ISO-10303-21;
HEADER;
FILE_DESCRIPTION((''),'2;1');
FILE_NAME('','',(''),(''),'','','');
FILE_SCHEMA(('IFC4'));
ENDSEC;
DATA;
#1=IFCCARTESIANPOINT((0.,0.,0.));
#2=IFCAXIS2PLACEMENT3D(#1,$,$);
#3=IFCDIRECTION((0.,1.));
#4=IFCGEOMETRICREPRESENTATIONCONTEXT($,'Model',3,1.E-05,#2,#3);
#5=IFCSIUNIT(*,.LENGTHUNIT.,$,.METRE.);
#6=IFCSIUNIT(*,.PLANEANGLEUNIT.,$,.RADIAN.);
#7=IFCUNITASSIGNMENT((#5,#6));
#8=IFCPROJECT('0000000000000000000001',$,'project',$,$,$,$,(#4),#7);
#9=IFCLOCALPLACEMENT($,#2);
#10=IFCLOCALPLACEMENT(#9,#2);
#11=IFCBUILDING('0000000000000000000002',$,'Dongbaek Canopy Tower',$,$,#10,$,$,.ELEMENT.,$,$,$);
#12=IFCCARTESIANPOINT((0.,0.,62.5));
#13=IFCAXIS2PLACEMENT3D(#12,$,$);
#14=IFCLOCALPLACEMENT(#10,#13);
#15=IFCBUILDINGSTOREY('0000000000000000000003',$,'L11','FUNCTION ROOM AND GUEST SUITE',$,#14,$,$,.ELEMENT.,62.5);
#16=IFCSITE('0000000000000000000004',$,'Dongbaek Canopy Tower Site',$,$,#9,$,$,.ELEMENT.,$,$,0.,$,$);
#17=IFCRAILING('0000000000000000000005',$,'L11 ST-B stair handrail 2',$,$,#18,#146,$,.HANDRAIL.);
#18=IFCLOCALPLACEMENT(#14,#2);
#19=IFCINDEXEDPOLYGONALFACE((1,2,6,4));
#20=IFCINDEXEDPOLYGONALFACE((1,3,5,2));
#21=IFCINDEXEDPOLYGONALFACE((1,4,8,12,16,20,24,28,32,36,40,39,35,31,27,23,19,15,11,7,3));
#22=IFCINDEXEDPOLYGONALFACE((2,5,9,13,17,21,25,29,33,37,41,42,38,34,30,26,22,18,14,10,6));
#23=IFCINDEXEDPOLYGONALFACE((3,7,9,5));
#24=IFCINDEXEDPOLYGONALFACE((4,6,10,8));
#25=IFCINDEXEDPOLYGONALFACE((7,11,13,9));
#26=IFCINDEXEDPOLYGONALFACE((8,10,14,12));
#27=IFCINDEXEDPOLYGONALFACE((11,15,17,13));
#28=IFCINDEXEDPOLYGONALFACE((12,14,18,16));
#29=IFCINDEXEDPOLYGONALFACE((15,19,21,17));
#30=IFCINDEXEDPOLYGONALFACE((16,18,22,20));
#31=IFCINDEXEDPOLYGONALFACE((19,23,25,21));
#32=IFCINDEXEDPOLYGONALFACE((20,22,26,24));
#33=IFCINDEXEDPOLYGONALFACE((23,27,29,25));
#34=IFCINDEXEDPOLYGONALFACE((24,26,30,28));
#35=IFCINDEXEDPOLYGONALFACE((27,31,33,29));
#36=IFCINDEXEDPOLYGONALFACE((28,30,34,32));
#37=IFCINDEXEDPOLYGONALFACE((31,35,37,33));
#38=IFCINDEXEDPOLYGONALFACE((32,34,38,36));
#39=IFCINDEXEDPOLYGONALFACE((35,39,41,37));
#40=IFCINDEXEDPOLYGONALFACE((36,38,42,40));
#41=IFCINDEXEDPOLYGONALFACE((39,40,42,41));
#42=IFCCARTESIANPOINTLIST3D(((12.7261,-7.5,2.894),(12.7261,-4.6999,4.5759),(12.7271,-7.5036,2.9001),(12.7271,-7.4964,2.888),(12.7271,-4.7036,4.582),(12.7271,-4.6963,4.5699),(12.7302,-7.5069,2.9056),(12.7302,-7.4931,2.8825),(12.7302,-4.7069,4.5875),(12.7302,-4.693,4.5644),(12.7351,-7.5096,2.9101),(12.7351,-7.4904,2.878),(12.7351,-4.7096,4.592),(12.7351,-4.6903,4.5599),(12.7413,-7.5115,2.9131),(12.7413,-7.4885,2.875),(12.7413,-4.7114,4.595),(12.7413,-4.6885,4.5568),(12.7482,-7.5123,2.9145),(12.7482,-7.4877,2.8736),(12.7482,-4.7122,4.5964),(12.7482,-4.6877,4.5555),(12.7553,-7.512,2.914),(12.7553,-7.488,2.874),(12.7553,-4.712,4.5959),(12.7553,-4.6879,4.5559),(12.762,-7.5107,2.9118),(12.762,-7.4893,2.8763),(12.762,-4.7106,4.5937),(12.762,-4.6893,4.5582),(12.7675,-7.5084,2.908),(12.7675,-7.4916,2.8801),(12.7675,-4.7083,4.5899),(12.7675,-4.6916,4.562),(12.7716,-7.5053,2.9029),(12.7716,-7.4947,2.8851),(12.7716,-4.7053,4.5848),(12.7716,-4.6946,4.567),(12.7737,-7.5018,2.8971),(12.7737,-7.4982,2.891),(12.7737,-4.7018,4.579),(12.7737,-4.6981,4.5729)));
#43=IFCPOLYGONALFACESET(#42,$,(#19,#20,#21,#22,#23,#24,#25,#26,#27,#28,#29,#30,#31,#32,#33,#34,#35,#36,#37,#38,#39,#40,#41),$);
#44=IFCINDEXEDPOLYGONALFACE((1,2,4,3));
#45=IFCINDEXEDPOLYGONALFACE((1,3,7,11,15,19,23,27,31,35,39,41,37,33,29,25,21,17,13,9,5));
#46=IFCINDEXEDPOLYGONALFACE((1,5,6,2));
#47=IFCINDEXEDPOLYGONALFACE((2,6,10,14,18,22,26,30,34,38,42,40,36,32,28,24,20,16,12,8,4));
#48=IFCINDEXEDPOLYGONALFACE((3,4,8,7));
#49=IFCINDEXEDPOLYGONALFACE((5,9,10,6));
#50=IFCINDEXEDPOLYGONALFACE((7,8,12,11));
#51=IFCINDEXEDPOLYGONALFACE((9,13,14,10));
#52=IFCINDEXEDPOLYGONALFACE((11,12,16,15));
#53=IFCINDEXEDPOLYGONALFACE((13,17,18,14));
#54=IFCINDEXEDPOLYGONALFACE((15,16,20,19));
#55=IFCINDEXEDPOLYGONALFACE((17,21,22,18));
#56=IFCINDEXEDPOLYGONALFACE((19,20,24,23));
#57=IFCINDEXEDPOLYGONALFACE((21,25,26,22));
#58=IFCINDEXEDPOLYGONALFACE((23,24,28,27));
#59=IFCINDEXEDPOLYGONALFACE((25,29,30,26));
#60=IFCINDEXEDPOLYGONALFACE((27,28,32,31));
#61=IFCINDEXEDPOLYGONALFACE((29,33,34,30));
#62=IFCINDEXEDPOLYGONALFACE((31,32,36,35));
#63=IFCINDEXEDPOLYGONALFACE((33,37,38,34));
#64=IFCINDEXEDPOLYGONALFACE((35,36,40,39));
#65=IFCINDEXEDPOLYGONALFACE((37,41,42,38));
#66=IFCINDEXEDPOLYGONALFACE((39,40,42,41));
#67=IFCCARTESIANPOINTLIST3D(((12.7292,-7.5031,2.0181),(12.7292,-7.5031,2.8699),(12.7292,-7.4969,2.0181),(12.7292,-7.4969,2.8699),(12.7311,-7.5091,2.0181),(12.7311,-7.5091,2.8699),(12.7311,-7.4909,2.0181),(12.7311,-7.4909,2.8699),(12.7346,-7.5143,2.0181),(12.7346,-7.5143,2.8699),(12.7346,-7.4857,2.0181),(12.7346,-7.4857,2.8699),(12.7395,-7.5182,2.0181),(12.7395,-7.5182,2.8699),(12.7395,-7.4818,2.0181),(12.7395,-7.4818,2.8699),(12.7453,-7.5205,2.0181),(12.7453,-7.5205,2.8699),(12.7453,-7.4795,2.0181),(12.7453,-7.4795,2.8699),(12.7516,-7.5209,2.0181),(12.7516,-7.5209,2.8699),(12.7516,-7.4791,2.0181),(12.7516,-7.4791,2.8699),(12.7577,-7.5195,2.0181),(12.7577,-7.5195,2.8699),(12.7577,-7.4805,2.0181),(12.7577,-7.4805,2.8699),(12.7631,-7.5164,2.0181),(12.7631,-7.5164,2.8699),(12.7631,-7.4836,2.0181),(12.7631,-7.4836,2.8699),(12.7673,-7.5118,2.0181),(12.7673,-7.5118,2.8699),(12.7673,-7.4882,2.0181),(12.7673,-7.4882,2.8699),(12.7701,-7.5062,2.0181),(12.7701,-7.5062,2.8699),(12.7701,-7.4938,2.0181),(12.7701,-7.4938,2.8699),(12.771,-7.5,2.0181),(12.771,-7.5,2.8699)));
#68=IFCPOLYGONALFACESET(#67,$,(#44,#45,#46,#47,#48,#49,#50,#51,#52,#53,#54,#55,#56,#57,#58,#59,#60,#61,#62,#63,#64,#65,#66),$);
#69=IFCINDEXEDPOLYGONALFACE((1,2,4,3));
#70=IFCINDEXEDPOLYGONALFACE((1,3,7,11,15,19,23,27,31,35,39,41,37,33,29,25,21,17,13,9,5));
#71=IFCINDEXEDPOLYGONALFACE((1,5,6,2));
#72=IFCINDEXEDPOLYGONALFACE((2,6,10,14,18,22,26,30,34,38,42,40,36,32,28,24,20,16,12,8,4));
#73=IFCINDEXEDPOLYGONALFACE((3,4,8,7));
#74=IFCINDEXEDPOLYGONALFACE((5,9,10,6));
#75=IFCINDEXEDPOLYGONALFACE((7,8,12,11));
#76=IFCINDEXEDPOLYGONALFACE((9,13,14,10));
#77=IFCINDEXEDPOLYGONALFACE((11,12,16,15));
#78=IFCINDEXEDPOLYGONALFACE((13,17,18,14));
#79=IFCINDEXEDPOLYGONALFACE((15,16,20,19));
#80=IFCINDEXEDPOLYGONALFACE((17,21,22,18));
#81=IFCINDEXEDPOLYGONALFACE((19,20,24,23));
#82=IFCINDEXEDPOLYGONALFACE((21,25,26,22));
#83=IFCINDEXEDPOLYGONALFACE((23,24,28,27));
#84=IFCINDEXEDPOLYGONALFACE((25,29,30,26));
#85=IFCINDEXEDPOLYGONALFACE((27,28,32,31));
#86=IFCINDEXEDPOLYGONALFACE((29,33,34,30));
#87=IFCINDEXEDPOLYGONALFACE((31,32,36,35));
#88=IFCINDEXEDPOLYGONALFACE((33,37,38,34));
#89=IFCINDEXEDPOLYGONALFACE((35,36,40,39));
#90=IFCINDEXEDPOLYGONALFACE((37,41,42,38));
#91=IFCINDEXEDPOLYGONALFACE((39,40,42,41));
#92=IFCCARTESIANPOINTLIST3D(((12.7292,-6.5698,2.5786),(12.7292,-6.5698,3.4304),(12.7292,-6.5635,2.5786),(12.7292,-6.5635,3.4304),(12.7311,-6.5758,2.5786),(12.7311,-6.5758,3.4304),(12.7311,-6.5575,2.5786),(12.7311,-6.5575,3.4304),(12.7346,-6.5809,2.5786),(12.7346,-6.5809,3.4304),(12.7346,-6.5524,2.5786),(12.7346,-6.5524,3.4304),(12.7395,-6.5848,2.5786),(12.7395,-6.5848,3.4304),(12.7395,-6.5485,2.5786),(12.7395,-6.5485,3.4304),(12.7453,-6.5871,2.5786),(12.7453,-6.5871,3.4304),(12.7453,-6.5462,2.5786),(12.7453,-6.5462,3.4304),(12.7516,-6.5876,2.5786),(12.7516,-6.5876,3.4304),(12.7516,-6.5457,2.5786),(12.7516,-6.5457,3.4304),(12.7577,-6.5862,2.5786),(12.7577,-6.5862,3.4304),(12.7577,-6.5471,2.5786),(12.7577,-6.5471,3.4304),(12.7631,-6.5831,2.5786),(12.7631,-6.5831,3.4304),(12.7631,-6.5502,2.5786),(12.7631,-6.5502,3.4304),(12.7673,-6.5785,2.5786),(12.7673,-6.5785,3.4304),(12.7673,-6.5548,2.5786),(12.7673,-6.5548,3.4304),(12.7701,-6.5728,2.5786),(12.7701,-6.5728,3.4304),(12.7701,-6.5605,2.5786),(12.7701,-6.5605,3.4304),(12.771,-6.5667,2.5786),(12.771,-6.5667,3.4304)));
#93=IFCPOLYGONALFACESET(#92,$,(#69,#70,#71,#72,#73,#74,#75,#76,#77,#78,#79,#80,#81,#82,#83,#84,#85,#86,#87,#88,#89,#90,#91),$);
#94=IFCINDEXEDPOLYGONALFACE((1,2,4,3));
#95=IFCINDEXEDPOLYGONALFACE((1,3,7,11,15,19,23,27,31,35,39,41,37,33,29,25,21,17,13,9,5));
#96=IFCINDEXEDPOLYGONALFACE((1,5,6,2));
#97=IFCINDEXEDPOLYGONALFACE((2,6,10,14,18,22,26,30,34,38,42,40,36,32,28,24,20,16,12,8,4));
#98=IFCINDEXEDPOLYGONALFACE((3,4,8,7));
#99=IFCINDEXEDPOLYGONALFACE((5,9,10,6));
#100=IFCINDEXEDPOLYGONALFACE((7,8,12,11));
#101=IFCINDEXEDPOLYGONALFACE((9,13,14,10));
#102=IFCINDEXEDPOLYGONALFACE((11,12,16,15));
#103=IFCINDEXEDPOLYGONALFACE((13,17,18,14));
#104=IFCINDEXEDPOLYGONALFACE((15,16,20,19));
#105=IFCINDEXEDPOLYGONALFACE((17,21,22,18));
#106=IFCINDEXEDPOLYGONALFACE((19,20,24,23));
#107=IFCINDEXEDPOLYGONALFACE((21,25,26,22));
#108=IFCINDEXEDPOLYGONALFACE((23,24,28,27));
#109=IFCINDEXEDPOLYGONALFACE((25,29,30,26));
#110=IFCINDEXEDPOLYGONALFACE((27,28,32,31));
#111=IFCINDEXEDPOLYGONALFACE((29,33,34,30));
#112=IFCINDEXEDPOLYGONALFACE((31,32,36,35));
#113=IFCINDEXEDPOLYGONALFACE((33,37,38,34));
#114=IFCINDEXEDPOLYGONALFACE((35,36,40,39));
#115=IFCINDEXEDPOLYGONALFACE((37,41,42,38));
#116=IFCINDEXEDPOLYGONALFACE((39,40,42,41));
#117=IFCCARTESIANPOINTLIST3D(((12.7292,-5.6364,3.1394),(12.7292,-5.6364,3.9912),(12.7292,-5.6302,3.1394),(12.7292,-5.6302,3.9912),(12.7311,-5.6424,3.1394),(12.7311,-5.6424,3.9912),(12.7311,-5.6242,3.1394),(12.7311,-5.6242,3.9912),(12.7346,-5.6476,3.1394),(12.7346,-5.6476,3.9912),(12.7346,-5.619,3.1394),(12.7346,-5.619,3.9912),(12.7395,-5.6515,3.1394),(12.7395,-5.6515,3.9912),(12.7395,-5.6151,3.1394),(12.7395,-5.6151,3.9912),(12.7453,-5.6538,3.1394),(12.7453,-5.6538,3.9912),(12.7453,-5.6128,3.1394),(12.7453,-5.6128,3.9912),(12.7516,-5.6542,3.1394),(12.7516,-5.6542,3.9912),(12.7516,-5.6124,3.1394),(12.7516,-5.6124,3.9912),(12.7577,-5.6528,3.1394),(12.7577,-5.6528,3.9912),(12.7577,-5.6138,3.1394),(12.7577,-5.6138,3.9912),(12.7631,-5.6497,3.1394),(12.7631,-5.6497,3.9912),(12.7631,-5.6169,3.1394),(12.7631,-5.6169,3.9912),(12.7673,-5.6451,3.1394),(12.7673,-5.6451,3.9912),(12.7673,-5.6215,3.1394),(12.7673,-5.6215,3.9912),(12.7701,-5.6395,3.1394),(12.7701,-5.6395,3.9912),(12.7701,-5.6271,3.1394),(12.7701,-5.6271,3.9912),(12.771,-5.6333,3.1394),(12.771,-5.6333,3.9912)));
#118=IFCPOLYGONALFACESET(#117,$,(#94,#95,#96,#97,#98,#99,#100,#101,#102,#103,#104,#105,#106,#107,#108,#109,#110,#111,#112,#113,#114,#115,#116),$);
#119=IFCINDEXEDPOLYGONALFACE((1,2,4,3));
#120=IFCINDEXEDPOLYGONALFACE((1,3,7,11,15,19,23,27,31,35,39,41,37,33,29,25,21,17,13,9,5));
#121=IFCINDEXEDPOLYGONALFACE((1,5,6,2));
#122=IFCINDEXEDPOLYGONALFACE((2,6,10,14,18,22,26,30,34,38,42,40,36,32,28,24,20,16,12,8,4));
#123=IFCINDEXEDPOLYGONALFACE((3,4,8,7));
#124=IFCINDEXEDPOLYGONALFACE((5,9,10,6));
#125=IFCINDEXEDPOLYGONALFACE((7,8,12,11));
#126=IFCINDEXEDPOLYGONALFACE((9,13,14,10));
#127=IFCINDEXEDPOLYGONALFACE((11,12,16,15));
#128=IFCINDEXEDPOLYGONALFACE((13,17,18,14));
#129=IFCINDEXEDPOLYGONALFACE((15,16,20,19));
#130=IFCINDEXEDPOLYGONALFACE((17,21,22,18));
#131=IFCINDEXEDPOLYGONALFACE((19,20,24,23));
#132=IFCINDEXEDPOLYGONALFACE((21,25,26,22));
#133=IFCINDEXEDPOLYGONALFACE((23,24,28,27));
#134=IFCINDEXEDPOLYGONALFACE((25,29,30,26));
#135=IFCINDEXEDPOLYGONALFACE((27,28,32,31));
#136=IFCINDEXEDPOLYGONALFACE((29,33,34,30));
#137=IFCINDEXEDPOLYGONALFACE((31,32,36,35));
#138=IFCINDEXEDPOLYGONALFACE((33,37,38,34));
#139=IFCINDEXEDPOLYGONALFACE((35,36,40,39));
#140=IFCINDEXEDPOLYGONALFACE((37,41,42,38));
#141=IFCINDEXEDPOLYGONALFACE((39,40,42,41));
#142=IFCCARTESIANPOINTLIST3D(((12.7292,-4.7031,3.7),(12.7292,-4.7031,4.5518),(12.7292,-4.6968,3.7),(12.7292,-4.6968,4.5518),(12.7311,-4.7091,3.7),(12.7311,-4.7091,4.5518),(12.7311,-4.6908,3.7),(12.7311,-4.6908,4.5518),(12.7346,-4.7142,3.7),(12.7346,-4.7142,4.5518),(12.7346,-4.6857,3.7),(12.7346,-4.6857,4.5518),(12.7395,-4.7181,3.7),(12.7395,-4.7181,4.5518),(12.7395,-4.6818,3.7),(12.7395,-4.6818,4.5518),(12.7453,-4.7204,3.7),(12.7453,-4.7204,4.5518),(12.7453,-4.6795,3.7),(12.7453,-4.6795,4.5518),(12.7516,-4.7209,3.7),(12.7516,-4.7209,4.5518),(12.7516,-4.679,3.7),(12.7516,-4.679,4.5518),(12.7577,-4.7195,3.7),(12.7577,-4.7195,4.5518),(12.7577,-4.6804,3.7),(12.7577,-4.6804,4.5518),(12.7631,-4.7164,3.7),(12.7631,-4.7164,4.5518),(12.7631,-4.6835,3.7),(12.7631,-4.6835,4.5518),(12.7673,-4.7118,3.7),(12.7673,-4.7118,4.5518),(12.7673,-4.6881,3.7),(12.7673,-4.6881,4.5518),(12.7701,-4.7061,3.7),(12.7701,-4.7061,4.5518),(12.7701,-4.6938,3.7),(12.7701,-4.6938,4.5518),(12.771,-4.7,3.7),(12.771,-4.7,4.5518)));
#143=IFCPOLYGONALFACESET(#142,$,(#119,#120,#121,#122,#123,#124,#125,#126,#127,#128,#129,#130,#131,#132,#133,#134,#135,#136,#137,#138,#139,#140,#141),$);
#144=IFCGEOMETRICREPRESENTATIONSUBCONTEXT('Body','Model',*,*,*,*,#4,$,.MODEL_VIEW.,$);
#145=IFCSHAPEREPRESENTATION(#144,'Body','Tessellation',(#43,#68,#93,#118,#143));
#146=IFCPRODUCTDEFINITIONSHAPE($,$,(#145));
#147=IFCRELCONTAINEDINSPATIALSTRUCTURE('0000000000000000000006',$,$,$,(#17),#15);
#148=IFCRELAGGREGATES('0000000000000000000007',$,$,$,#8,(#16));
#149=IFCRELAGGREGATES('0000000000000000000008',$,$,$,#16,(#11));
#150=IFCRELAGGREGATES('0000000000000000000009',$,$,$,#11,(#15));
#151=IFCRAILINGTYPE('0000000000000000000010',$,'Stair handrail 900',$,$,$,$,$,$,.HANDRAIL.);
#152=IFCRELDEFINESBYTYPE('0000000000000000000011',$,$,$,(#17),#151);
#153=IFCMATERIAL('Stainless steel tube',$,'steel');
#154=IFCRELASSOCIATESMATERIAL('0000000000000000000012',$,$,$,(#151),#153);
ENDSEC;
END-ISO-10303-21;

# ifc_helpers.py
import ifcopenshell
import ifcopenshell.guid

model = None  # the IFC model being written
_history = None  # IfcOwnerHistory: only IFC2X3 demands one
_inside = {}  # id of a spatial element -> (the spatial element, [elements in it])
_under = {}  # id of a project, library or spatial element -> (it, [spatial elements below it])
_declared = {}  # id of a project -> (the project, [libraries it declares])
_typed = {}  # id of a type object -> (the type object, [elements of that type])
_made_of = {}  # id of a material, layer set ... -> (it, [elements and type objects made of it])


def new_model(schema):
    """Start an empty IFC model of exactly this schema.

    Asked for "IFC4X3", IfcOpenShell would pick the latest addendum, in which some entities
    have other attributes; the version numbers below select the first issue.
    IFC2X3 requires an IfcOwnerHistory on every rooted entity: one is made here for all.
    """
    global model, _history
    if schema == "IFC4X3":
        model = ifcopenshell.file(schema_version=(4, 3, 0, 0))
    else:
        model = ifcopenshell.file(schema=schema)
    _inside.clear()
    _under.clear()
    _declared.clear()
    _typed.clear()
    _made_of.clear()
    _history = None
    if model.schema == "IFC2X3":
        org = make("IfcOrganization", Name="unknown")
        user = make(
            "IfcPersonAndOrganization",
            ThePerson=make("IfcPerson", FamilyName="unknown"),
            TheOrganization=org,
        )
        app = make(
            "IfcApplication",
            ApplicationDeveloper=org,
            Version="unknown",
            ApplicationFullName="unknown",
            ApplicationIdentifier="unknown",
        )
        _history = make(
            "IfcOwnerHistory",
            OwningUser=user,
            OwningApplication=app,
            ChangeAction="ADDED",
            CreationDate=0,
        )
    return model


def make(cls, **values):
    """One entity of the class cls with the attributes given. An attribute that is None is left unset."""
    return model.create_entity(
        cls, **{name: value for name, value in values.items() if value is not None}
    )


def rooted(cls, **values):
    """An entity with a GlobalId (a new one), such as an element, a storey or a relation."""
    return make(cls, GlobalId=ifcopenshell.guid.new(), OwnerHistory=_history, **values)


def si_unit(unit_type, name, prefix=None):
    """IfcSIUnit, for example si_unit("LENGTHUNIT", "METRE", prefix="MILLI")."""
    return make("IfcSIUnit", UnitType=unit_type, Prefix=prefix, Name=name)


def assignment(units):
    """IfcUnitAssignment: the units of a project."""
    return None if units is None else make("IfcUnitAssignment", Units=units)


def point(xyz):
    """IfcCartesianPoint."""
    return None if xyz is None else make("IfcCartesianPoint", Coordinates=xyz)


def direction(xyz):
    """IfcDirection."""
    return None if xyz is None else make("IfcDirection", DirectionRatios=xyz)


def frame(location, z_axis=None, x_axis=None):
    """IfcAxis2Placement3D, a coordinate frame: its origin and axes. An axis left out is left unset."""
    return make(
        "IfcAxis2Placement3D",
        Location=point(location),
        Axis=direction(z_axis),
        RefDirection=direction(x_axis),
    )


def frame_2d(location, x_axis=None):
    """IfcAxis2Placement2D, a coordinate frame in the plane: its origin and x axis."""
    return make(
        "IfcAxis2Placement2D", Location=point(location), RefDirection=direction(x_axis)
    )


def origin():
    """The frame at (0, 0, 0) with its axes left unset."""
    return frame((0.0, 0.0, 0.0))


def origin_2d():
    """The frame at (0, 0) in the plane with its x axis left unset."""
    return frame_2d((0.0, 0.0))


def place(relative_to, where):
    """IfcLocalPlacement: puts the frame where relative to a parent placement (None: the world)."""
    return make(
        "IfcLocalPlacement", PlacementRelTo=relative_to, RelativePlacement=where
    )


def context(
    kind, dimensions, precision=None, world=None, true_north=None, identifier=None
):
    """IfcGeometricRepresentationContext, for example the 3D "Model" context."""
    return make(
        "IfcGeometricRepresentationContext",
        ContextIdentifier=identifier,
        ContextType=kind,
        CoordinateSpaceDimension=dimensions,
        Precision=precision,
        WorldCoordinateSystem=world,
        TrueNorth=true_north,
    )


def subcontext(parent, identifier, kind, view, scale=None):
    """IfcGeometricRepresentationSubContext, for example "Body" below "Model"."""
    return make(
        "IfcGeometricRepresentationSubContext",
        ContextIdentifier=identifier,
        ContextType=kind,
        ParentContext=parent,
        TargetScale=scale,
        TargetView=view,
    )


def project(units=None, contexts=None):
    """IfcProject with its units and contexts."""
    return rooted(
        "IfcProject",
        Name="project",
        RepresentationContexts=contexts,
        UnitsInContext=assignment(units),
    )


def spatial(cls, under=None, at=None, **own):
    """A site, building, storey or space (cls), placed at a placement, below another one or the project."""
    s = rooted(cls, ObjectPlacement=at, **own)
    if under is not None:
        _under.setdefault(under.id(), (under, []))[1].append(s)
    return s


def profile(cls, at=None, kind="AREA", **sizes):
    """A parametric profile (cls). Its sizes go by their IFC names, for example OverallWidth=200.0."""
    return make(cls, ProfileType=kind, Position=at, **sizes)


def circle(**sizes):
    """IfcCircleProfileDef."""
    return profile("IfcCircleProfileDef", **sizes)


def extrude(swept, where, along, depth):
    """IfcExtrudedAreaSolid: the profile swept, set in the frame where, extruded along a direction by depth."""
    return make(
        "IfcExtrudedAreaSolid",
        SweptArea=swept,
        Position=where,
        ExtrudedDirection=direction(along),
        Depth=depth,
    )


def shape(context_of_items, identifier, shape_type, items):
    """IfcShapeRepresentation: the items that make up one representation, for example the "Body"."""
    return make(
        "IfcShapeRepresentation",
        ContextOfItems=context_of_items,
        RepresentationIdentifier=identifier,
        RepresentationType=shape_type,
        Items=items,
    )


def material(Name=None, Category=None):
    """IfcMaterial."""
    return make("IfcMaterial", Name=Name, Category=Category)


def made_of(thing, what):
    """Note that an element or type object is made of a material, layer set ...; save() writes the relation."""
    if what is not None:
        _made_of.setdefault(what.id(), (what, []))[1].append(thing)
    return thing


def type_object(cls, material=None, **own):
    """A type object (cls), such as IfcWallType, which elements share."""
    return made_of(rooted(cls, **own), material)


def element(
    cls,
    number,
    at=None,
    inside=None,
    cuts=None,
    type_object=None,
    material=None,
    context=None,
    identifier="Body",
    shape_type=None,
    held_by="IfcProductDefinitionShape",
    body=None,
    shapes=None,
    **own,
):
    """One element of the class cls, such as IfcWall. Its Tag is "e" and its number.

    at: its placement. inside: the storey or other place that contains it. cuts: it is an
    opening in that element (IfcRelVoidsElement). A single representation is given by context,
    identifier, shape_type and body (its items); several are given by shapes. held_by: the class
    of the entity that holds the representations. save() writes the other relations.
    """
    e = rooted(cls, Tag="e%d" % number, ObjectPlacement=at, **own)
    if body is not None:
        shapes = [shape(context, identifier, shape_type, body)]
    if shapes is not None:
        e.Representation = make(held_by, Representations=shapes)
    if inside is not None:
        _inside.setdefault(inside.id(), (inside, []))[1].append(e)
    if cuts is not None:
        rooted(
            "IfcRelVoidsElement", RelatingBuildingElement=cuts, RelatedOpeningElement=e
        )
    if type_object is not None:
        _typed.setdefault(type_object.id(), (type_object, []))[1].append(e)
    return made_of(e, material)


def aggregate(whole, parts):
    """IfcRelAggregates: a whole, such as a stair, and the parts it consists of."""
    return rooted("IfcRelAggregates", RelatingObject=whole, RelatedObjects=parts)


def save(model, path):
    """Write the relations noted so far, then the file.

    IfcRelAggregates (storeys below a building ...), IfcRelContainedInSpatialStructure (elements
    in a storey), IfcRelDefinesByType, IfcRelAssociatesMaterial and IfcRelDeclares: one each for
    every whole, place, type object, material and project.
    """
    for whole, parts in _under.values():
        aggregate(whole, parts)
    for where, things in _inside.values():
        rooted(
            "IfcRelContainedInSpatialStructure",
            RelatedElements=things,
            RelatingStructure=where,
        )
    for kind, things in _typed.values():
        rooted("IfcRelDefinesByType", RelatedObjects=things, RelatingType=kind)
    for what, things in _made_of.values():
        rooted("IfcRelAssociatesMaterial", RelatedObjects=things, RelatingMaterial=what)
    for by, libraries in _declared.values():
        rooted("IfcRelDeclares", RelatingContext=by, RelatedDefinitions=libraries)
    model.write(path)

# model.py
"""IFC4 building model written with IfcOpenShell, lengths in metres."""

from ifc_helpers import new_model, si_unit, direction, frame, origin, origin_2d, place, context, subcontext, project, spatial, circle, extrude, material, type_object, element, save


model = new_model("IFC4")

# Units and contexts
model_context = context("Model", 3, precision=1e-05, world=origin(), true_north=direction((0.0, 1.0)))
body_context = subcontext(model_context, "Body", "Model", "MODEL_VIEW")
ifc_project = project(units=[si_unit("LENGTHUNIT", "METRE"), si_unit("PLANEANGLEUNIT", "RADIAN")], contexts=[model_context])

# Site, building, storey
site_placement = place(None, origin())
site = spatial("IfcSite", under=ifc_project, at=site_placement, Name="Dongbaek Canopy Tower Site", CompositionType="ELEMENT", RefElevation=0.0)
building_placement = place(site_placement, origin())
building = spatial("IfcBuilding", under=site, at=building_placement, Name="Dongbaek Canopy Tower", CompositionType="ELEMENT")
storey_placement = place(building_placement, frame((0.0, 0.0, 62.5)))
storey = spatial("IfcBuildingStorey", under=building, at=storey_placement, Name="L11", Description="FUNCTION ROOM AND GUEST SUITE", CompositionType="ELEMENT", Elevation=62.5)

# Railing
ifc_material_1 = material(Name="Stainless steel tube", Category="steel")
railing_type = type_object("IfcRailingType", Name="Stair handrail 900", PredefinedType="HANDRAIL", material=ifc_material_1)
railing_placement = place(storey_placement, frame((12.75, -7.5, 2.0181)))
element("IfcRailing", 1, at=railing_placement, inside=storey, type_object=railing_type, Name="L11 ST-B stair handrail 2", PredefinedType="HANDRAIL", context=body_context, shape_type="SweptSolid", body=[
    extrude(circle(Radius=0.0239, at=origin_2d()), frame((0.0, 0.0, 0.876), z_axis=(0.0, 0.857242, 0.514913), x_axis=(-1.0, 0.0, 0.0)), (0.0, 0.0, 1.0), 3.2664),
    extrude(circle(Radius=0.021, at=origin_2d()), origin(), (0.0, 0.0, 1.0), 0.8518),
    extrude(circle(Radius=0.021, at=origin_2d()), frame((0.0, 0.9333, 0.5605)), (0.0, 0.0, 1.0), 0.8518),
    extrude(circle(Radius=0.021, at=origin_2d()), frame((0.0, 1.8667, 1.1213)), (0.0, 0.0, 1.0), 0.8518),
    extrude(circle(Radius=0.021, at=origin_2d()), frame((0.0, 2.8, 1.6819)), (0.0, 0.0, 1.0), 0.8518),
])

save(model, "model.ifc")
